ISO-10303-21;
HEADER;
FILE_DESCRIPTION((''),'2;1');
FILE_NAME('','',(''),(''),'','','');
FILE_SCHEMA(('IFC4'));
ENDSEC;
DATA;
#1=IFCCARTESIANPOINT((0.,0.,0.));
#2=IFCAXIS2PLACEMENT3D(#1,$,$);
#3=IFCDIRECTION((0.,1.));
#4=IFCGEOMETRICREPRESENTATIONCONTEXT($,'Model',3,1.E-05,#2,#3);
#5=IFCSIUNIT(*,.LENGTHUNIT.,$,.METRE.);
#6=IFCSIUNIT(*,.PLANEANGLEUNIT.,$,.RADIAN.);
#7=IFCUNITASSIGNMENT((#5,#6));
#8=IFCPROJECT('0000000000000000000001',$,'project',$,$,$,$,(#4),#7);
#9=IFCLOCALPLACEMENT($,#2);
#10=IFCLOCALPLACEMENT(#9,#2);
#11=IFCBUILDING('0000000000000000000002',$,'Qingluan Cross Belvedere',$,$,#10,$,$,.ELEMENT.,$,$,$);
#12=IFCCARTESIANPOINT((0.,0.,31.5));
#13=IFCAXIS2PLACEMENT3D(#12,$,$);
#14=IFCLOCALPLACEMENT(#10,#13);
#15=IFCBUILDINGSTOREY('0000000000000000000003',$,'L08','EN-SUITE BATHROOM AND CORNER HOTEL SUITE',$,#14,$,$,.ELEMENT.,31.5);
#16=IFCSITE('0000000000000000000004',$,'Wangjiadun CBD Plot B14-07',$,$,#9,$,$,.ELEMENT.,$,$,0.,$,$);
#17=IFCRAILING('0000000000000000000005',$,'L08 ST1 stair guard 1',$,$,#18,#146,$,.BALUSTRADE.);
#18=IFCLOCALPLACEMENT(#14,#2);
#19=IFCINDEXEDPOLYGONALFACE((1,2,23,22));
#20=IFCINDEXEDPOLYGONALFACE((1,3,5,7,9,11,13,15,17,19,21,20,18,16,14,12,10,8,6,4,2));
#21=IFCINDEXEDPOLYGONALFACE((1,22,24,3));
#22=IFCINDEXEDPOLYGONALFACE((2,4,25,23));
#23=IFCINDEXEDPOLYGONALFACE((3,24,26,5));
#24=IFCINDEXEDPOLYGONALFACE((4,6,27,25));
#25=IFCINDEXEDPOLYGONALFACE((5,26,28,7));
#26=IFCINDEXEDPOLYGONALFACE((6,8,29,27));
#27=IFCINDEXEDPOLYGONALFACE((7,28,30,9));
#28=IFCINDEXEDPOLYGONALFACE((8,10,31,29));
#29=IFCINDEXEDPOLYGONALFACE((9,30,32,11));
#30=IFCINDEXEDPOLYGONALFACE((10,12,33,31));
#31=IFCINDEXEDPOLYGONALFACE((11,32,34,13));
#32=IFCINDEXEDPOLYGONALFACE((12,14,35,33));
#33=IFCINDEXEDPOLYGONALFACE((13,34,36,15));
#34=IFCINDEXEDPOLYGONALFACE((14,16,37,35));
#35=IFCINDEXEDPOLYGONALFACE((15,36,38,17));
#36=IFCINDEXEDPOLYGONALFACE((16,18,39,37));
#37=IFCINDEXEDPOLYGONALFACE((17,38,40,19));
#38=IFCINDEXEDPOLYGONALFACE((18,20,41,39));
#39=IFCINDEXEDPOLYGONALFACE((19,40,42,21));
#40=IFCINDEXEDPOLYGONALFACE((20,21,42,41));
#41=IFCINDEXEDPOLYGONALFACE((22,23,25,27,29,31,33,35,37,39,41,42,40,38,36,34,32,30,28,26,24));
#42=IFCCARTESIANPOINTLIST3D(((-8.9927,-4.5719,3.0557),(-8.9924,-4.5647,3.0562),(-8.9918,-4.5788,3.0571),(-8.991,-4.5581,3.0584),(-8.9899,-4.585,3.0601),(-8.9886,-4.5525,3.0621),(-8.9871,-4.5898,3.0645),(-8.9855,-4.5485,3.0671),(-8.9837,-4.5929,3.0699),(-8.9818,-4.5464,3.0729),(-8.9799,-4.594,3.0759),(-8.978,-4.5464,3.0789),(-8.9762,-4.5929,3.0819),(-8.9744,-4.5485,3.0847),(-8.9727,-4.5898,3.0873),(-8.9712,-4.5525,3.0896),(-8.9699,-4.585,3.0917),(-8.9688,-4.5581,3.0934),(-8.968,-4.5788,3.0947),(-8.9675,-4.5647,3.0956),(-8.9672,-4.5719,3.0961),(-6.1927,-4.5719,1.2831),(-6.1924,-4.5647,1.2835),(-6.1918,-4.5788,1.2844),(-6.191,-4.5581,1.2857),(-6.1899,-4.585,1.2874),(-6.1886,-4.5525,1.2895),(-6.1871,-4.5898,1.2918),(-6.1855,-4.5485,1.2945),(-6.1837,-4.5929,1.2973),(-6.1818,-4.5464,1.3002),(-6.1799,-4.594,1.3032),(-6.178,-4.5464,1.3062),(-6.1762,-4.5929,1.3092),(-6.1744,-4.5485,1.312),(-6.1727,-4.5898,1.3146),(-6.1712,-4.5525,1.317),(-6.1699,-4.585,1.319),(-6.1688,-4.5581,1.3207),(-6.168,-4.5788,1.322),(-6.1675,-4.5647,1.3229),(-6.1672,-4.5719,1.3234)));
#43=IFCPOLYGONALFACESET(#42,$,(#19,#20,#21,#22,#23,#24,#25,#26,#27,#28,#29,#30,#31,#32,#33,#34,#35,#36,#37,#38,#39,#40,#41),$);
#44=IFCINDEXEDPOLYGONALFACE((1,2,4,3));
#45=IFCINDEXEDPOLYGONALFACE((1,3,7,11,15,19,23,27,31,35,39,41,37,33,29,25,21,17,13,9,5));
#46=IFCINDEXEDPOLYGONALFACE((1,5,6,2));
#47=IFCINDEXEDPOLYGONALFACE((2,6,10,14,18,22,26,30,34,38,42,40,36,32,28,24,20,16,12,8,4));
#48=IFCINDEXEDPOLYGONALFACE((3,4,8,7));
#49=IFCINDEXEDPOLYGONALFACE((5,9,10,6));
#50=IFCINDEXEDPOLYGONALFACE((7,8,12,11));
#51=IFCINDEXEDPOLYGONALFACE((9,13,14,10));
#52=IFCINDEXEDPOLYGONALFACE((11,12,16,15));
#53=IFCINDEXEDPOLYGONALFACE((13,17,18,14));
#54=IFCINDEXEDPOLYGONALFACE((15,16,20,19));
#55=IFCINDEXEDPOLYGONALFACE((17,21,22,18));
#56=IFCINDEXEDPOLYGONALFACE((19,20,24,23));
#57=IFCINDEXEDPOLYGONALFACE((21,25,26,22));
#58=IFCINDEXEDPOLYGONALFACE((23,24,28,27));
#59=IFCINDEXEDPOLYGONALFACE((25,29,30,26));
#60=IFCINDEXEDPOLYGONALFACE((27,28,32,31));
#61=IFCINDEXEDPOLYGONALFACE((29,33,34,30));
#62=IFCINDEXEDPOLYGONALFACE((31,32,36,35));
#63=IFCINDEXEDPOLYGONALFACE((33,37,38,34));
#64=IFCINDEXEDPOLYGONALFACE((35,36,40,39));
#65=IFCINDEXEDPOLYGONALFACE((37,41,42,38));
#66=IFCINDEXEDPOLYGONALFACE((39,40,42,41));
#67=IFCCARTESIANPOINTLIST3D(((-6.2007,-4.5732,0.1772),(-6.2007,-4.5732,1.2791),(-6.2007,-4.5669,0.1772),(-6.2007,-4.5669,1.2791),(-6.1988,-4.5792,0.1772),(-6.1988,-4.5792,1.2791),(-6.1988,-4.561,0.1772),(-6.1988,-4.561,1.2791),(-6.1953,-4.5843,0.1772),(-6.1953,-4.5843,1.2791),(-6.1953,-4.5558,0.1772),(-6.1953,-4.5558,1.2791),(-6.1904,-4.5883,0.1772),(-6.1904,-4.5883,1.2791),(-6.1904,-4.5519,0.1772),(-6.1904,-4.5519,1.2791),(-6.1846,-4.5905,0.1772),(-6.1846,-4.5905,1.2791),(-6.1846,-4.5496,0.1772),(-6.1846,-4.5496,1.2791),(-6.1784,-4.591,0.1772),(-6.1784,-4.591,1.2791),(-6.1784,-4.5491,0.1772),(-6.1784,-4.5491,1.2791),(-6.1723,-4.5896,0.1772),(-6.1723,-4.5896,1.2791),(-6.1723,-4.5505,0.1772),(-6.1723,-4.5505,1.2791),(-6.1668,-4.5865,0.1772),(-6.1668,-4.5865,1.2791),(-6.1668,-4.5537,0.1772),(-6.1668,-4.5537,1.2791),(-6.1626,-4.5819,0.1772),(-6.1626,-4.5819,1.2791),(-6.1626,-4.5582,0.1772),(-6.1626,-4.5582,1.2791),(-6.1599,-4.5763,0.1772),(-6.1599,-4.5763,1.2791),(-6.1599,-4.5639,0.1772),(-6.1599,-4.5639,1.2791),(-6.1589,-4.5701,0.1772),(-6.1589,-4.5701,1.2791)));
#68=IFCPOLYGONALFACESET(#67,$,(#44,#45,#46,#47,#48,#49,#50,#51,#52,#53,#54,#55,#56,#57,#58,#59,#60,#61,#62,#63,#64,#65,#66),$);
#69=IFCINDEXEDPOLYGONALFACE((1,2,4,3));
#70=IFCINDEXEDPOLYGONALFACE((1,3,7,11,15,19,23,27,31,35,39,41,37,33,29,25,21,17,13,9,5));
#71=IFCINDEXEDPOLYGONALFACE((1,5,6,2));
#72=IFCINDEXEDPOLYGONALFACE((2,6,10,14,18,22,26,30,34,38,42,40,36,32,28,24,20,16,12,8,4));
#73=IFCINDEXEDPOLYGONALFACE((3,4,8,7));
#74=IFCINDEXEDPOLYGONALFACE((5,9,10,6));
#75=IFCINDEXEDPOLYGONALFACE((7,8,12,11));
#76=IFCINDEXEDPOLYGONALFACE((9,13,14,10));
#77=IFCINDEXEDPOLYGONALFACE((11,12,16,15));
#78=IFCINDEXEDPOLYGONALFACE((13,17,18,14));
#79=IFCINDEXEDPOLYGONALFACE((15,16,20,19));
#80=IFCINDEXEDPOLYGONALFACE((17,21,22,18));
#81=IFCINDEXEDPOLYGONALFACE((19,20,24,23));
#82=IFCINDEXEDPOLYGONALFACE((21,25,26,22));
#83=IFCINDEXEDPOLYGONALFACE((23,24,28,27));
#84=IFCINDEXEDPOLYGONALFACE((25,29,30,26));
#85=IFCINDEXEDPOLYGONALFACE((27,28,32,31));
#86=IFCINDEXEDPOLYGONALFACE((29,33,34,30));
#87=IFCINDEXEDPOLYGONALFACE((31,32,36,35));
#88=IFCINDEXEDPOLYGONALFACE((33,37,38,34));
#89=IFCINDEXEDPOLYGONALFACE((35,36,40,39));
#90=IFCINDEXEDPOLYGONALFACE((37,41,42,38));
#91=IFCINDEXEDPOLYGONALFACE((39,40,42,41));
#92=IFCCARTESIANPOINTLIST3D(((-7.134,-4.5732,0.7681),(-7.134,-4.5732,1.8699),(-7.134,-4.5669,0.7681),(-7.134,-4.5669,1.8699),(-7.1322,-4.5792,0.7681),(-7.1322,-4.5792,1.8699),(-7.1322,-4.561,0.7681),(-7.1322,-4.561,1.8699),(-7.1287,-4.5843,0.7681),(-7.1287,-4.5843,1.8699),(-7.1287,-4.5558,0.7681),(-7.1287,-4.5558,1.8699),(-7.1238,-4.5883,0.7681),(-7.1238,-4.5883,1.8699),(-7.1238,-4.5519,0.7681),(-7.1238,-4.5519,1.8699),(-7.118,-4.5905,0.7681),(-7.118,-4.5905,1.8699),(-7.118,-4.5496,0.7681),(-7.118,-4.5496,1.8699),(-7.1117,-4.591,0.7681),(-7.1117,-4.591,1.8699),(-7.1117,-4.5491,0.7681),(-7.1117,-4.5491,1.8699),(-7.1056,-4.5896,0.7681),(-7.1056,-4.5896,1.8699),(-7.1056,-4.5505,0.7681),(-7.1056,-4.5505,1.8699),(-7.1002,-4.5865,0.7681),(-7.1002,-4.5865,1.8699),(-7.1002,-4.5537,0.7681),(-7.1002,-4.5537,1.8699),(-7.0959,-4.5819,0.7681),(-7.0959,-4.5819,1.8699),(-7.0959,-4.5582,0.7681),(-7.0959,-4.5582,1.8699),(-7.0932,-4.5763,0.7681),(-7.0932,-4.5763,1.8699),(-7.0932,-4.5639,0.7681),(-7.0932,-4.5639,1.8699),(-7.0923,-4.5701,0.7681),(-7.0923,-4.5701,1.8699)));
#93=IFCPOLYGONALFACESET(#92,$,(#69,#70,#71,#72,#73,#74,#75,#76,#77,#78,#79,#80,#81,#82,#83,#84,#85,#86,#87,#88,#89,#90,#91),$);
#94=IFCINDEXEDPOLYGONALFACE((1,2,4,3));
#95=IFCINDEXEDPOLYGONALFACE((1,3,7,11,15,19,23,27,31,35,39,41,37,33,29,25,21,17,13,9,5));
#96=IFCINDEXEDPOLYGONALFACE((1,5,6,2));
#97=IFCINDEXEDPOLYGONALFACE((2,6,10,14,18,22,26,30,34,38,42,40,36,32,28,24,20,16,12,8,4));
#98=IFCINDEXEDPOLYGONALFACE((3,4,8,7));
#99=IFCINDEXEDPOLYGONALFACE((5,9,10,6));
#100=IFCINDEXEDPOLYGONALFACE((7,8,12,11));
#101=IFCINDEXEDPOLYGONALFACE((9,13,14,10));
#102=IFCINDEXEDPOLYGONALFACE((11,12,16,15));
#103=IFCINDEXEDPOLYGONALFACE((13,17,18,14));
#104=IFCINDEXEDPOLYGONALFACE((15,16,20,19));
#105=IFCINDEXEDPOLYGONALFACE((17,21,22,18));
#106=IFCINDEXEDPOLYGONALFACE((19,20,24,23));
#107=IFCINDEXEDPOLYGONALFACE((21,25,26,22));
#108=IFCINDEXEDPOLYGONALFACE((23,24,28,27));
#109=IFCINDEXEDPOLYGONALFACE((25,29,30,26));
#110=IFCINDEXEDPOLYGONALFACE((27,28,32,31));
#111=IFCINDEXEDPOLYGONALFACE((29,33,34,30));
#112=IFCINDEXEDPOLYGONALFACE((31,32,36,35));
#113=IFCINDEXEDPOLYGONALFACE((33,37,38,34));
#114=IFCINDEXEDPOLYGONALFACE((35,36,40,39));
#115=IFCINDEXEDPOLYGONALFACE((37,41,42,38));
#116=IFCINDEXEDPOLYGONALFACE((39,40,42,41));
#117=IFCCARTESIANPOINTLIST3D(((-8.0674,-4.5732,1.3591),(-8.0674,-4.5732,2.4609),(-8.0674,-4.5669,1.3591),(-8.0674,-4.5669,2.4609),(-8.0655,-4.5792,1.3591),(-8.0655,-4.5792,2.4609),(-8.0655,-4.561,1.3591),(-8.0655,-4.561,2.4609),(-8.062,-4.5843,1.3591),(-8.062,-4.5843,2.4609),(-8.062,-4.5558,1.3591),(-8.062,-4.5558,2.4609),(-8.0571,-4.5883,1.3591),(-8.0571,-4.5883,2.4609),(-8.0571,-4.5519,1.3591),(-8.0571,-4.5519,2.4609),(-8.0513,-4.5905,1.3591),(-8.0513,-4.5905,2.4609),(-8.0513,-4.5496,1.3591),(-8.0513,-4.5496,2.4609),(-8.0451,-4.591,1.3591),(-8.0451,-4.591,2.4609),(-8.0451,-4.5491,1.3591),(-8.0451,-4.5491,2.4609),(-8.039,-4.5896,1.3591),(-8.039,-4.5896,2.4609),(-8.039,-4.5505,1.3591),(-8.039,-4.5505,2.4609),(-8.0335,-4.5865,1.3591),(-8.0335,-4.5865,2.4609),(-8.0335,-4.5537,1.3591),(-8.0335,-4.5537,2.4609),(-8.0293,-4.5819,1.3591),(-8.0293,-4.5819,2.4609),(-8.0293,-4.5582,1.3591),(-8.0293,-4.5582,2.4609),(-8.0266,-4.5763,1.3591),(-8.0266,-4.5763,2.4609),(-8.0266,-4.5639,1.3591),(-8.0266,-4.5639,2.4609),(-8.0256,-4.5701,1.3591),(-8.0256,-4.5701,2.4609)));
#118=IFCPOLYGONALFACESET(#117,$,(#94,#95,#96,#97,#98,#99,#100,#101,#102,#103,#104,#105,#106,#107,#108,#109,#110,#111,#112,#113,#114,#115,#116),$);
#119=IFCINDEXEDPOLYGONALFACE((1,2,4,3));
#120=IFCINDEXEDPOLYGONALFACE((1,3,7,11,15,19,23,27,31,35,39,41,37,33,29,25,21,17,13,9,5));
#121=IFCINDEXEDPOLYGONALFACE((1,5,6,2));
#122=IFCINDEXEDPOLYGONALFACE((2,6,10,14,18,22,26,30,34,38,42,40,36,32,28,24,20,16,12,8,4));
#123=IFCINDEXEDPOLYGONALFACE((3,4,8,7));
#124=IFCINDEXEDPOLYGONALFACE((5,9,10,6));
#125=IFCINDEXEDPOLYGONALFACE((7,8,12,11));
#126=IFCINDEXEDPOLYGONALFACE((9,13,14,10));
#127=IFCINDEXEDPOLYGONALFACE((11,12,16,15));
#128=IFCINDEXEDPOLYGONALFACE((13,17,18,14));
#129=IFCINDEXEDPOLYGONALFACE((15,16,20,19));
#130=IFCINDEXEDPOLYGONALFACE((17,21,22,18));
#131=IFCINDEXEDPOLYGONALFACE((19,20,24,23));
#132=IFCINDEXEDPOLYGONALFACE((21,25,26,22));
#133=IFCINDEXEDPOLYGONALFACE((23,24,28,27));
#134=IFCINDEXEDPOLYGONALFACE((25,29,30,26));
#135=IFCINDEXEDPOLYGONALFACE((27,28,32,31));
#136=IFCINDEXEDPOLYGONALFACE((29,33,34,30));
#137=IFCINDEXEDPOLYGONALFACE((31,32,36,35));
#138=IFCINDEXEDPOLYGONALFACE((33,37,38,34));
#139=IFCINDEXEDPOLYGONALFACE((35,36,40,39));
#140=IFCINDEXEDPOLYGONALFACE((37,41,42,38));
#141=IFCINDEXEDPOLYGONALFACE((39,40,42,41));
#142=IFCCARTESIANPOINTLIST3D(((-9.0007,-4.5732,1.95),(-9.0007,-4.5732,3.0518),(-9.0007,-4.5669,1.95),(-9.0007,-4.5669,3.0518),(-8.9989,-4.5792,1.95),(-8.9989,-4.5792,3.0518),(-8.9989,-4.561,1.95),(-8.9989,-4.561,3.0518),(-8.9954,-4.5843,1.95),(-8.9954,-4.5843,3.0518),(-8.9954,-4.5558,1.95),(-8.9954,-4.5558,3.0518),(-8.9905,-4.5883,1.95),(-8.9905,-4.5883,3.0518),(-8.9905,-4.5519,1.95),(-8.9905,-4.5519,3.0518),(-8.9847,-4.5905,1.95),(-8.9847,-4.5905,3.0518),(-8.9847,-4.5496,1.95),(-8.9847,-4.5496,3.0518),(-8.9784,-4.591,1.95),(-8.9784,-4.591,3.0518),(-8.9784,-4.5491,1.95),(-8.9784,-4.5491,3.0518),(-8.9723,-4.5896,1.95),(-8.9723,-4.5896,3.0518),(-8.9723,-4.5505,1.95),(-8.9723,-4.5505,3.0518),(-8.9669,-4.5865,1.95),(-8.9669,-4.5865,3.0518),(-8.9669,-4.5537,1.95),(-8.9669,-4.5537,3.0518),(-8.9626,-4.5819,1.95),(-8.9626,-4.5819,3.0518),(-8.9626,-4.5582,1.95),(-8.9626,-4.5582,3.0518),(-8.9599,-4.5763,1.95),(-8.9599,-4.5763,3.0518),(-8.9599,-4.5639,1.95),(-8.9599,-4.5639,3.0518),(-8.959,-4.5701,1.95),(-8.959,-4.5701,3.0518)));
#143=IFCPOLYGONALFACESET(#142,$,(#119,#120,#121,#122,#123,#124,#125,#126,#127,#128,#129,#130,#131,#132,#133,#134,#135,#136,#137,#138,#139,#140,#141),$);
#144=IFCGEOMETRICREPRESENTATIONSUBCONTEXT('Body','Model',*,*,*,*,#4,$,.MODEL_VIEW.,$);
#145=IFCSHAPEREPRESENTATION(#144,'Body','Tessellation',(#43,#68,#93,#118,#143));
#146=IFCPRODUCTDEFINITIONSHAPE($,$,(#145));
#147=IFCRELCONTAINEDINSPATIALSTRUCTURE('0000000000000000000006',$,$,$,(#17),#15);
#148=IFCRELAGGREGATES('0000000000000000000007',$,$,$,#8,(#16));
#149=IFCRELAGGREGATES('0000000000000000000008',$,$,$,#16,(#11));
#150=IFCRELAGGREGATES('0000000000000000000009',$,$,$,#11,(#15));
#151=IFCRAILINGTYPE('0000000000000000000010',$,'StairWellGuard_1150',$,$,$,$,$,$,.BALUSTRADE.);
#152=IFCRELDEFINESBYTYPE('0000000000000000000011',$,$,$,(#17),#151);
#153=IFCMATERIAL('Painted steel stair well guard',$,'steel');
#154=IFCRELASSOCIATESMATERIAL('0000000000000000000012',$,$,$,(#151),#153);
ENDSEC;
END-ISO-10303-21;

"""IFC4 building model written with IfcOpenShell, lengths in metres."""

from ifc_helpers import new_model, si_unit, direction, frame, origin, origin_2d, place, context, subcontext, project, spatial, circle, extrude, material, type_object, element, save


model = new_model("IFC4")

# Units and contexts
model_context = context("Model", 3, precision=1e-05, world=origin(), true_north=direction((0.0, 1.0)))
body_context = subcontext(model_context, "Body", "Model", "MODEL_VIEW")
ifc_project = project(units=[si_unit("LENGTHUNIT", "METRE"), si_unit("PLANEANGLEUNIT", "RADIAN")], contexts=[model_context])

# Site, building, storey
site_placement = place(None, origin())
site = spatial("IfcSite", under=ifc_project, at=site_placement, Name="Wangjiadun CBD Plot B14-07", CompositionType="ELEMENT", RefElevation=0.0)
building_placement = place(site_placement, origin())
building = spatial("IfcBuilding", under=site, at=building_placement, Name="Qingluan Cross Belvedere", CompositionType="ELEMENT")
storey_placement = place(building_placement, frame((0.0, 0.0, 31.5)))
storey = spatial("IfcBuildingStorey", under=building, at=storey_placement, Name="L08", Description="EN-SUITE BATHROOM AND CORNER HOTEL SUITE", CompositionType="ELEMENT", Elevation=31.5)

# Railing
ifc_material_1 = material(Name="Painted steel stair well guard", Category="steel")
railing_type_1 = type_object("IfcRailingType", Name="StairWellGuard_1150", PredefinedType="BALUSTRADE", material=ifc_material_1)
railing_1_placement = place(storey_placement, frame((-6.1799, -4.5701, 0.1772)))
element("IfcRailing", 1, at=railing_1_placement, inside=storey, type_object=railing_type_1, Name="L08 ST1 stair guard 1", PredefinedType="BALUSTRADE", context=body_context, shape_type="SweptSolid", body=[
    extrude(circle(Radius=0.0239, at=origin_2d()), frame((0.0, 0.0, 1.126), z_axis=(-0.844909, 0.0, 0.53491), x_axis=(0.0, -1.0, 0.0)), (0.0, 0.0, 1.0), 3.314),
    extrude(circle(Radius=0.021, at=origin_2d()), origin(), (0.0, 0.0, 1.0), 1.1018),
    extrude(circle(Radius=0.021, at=origin_2d()), frame((-0.9333, 0.0, 0.5908)), (0.0, 0.0, 1.0), 1.1018),
    extrude(circle(Radius=0.021, at=origin_2d()), frame((-1.8667, 0.0, 1.1819)), (0.0, 0.0, 1.0), 1.1018),
    extrude(circle(Radius=0.021, at=origin_2d()), frame((-2.8, 0.0, 1.7727)), (0.0, 0.0, 1.0), 1.1018),
])

save(model, "model.ifc")
